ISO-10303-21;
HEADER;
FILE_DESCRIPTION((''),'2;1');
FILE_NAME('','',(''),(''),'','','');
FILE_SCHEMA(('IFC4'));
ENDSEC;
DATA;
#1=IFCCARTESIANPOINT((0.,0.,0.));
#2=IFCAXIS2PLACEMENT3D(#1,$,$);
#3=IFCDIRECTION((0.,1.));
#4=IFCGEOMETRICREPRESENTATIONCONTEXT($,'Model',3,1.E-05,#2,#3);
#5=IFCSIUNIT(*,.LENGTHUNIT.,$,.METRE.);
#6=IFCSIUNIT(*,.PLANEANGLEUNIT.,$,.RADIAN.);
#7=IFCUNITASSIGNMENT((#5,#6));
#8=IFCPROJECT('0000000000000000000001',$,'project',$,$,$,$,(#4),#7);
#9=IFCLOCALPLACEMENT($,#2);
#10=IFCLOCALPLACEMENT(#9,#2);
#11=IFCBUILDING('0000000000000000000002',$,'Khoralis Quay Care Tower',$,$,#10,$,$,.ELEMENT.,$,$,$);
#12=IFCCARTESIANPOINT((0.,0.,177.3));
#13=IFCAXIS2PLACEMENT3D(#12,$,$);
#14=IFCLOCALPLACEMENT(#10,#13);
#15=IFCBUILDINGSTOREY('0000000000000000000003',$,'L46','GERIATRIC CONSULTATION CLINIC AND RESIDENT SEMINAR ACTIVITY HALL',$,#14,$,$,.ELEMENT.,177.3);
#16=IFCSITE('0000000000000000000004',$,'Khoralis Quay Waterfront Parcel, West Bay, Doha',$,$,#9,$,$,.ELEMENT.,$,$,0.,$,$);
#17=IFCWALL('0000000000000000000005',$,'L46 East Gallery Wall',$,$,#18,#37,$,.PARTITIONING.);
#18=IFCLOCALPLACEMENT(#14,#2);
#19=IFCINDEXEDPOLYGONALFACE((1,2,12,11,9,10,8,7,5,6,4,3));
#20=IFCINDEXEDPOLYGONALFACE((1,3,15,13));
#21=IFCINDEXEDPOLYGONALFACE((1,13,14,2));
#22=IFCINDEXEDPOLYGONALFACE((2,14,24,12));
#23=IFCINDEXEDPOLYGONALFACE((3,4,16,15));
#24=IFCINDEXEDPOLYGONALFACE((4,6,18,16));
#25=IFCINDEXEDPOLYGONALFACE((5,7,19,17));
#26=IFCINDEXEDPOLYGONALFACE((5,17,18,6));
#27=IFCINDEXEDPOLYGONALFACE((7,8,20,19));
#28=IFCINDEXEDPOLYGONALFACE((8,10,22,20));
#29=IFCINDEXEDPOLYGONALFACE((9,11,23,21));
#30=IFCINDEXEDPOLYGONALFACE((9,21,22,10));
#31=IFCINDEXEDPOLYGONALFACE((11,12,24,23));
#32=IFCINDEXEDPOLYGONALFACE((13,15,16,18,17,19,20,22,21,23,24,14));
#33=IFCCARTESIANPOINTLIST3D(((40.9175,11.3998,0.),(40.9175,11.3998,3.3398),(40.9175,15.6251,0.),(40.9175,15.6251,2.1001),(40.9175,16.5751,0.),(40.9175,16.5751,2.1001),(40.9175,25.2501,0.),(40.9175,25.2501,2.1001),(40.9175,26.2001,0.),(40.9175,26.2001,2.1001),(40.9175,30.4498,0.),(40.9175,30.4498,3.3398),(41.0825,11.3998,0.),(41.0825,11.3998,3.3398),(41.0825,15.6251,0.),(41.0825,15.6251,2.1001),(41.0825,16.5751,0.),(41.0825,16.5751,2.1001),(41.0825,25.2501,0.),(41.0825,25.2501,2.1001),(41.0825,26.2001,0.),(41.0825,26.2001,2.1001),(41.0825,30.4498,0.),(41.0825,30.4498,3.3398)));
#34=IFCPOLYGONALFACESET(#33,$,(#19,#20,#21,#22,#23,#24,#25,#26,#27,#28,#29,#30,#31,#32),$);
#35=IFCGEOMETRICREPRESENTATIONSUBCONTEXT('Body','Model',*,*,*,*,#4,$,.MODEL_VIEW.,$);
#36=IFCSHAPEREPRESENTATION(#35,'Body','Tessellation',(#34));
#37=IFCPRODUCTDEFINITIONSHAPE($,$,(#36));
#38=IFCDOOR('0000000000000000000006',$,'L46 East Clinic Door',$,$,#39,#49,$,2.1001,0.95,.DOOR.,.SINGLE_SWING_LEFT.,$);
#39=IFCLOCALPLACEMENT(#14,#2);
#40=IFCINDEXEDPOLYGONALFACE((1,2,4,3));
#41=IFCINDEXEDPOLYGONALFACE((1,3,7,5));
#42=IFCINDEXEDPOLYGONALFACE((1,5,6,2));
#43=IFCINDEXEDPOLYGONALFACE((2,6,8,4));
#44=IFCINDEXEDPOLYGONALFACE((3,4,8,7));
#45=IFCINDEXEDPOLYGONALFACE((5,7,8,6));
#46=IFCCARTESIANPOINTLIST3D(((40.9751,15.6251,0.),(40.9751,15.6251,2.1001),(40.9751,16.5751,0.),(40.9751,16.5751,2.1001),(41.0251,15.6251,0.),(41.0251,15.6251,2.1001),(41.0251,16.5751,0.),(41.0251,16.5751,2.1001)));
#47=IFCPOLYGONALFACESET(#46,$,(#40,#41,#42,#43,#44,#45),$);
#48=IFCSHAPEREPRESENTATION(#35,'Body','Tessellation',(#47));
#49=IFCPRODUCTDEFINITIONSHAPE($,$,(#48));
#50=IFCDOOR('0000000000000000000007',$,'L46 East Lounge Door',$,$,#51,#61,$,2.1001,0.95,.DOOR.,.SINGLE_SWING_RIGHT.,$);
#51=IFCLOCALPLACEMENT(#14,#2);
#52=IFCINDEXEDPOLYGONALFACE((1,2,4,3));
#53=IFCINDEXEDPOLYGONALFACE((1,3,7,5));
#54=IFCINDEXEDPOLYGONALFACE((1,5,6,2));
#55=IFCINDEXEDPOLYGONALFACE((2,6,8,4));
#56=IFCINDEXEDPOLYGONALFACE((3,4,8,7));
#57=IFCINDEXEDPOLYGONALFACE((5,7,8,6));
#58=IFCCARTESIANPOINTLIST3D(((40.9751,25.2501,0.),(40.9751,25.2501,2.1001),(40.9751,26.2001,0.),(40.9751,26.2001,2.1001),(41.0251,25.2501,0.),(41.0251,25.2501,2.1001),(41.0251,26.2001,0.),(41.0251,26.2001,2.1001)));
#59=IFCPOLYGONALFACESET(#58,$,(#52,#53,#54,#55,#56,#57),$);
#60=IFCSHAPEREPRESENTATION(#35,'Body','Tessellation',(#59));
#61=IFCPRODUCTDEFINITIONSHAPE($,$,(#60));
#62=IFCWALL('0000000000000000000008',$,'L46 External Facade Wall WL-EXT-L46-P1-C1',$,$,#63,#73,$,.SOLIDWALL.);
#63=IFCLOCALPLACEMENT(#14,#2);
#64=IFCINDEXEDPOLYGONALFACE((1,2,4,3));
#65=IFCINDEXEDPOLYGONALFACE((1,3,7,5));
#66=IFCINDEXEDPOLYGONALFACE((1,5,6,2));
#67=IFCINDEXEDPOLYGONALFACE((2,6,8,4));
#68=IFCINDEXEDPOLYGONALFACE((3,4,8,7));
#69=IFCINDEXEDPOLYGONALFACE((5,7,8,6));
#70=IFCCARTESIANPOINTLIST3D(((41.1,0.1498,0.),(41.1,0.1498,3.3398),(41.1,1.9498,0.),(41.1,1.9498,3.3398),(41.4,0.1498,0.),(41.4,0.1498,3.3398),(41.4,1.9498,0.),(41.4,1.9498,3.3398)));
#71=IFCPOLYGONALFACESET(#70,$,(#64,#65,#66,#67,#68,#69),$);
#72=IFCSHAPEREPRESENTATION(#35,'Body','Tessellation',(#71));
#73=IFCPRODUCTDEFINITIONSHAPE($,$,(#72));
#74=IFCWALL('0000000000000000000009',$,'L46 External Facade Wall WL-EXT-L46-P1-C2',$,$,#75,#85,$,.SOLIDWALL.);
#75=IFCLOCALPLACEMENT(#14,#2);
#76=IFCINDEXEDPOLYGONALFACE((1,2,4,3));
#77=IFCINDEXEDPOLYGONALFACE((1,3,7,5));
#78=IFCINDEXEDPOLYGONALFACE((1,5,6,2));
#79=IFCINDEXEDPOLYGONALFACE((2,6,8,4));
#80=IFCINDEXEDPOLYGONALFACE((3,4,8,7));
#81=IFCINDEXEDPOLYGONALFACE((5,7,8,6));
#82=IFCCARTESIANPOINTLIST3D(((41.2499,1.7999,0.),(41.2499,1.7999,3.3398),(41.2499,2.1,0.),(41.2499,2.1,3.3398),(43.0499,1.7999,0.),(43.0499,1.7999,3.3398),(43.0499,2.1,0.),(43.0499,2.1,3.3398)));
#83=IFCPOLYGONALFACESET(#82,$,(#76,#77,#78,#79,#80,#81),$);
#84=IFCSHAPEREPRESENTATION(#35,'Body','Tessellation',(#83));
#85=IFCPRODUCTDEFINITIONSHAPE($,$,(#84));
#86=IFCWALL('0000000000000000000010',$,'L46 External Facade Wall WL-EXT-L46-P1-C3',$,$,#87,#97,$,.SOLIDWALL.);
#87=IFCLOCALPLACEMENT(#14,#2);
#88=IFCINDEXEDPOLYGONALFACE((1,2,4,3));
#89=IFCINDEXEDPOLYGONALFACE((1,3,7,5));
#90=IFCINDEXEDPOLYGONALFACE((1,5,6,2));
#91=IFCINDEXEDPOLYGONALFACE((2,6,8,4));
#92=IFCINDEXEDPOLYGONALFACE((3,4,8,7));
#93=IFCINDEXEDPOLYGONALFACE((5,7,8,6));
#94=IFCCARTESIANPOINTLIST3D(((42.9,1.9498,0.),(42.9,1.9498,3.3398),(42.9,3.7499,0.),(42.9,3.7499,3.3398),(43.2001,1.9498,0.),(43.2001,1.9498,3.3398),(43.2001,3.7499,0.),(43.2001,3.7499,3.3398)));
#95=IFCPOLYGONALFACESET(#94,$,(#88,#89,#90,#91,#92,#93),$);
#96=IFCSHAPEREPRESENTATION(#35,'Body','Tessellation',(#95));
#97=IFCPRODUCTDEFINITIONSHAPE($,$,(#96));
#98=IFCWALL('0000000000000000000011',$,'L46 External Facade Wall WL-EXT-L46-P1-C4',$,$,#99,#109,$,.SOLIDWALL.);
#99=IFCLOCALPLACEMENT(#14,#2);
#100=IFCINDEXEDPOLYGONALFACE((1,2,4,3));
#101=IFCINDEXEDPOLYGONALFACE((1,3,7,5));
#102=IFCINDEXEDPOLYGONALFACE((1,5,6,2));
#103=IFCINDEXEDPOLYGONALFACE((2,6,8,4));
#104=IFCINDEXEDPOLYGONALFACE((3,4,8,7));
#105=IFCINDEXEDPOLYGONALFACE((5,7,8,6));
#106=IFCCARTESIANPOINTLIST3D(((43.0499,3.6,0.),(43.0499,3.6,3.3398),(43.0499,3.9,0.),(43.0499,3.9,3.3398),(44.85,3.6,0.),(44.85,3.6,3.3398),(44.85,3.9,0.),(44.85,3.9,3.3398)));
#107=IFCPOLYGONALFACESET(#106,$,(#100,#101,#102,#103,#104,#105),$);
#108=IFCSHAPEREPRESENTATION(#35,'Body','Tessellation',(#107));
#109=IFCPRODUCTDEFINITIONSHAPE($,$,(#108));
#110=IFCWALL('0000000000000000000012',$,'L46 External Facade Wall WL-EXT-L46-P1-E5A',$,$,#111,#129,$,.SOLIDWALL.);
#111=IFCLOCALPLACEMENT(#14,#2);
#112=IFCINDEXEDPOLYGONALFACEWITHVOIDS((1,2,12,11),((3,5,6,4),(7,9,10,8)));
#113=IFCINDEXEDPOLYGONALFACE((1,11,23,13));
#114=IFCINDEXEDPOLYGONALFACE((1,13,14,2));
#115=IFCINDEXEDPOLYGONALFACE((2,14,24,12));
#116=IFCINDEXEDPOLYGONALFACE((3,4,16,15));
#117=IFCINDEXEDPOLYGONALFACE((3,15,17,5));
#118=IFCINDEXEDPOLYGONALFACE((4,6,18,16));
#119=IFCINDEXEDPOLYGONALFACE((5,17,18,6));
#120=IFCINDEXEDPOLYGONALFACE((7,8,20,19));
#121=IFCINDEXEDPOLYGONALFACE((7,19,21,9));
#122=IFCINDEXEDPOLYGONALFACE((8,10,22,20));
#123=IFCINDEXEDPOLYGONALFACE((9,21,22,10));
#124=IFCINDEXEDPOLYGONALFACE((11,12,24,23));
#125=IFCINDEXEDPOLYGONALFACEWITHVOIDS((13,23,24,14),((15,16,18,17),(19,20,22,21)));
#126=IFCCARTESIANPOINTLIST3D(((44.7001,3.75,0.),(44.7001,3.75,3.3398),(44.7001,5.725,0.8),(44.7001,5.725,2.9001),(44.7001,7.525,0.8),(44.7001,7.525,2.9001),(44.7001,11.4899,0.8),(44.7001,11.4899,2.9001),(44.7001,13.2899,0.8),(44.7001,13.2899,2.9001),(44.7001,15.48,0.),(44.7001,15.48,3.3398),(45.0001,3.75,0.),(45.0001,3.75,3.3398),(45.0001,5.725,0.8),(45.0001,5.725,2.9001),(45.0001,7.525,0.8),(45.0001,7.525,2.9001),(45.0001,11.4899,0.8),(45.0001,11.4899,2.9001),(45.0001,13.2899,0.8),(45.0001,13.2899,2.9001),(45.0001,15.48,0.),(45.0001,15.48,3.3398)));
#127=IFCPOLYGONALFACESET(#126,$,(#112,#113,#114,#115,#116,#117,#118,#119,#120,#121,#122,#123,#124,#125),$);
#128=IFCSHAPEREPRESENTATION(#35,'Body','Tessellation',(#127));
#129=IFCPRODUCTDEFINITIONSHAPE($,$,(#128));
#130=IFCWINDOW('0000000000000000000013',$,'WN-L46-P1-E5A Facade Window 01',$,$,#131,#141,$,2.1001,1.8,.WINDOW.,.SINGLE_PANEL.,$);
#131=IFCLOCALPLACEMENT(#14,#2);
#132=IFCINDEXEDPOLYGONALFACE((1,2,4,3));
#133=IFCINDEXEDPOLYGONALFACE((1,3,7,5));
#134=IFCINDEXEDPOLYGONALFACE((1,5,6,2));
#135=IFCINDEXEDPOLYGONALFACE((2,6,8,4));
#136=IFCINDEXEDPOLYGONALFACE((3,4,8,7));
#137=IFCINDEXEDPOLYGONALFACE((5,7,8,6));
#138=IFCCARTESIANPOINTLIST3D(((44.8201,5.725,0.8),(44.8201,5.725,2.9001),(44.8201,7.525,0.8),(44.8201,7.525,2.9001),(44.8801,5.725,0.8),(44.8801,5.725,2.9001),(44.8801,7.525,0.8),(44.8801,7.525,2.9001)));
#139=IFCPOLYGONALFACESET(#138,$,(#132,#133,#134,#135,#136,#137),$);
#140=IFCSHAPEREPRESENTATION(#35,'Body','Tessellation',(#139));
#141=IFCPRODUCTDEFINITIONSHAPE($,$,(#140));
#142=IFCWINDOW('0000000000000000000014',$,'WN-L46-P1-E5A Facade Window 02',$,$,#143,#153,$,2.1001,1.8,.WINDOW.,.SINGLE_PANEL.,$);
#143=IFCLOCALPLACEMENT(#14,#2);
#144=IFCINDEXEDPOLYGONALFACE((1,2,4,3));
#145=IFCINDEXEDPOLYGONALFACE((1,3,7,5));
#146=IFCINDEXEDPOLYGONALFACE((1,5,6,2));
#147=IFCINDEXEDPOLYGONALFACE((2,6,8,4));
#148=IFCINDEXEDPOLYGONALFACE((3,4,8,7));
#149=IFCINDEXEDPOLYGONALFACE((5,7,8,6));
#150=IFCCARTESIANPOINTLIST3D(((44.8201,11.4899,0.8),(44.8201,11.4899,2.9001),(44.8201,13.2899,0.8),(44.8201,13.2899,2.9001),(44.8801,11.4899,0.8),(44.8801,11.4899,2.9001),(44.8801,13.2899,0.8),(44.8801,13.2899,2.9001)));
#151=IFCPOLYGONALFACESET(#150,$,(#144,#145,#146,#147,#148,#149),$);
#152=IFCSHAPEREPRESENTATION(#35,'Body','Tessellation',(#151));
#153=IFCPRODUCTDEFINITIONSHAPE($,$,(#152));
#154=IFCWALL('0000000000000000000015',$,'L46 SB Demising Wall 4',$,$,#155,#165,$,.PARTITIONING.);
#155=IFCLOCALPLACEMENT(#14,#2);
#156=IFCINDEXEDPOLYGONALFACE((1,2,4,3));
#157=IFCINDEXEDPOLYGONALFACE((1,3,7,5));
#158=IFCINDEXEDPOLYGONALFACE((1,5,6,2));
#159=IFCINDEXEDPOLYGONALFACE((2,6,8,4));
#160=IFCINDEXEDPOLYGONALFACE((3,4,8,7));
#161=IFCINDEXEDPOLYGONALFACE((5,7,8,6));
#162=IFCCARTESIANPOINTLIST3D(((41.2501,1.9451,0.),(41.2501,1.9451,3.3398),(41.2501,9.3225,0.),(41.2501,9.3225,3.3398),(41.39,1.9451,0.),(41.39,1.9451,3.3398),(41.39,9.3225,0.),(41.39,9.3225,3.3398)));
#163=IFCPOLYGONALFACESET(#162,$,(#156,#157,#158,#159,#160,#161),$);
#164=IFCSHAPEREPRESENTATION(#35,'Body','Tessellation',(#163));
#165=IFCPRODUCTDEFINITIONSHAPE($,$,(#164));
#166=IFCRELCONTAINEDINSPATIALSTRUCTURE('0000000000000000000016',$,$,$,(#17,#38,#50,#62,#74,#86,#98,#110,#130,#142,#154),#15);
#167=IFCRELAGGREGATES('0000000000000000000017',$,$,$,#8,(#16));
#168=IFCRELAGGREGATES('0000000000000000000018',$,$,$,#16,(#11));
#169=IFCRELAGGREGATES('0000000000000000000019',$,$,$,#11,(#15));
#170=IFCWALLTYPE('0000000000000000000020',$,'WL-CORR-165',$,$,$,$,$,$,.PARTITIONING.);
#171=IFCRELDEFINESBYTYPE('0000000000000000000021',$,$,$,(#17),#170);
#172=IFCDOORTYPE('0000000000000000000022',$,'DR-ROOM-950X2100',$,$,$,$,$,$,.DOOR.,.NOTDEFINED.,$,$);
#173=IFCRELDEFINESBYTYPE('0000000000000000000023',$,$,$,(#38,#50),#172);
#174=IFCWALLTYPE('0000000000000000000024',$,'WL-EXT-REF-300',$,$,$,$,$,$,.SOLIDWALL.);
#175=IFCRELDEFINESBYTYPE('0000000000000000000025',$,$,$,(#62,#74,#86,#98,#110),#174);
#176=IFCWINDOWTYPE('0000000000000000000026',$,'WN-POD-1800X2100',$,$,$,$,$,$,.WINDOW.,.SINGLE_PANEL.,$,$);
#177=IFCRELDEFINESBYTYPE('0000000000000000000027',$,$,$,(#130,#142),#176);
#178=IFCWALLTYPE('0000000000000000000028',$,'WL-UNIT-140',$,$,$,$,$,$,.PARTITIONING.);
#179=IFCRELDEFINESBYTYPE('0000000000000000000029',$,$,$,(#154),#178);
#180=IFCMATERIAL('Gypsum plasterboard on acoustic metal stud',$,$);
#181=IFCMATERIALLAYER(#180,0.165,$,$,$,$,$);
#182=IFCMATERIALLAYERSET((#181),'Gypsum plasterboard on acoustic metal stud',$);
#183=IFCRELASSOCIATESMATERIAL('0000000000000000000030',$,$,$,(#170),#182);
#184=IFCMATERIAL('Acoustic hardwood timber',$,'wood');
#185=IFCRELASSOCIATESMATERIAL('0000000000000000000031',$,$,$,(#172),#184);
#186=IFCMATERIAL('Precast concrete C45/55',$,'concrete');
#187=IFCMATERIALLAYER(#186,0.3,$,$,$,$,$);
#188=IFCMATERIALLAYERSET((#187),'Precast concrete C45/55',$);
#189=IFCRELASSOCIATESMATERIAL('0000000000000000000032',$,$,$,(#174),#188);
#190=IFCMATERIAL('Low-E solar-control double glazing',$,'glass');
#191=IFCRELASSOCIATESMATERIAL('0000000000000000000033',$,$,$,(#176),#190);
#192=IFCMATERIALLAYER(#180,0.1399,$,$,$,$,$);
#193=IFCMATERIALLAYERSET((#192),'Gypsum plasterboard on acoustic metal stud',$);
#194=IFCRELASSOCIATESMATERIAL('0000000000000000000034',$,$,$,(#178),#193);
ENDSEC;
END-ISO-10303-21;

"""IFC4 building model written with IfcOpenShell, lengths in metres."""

from ifc_helpers import new_model, si_unit, direction, frame, frame_2d, origin, place, context, subcontext, project, spatial, rectangle, extrude, source, transform, mapped, material, layer, layer_set, type_object, element, fill, save


model = new_model("IFC4")

# Units and contexts
model_context = context("Model", 3, precision=1e-05, world=origin(), true_north=direction((0.0, 1.0)))
body_context = subcontext(model_context, "Body", "Model", "MODEL_VIEW")
ifc_project = project(units=[si_unit("LENGTHUNIT", "METRE"), si_unit("PLANEANGLEUNIT", "RADIAN")], contexts=[model_context])

# Site, building, storey
site_placement = place(None, origin())
site = spatial("IfcSite", under=ifc_project, at=site_placement, Name="Khoralis Quay Waterfront Parcel, West Bay, Doha", CompositionType="ELEMENT", RefElevation=0.0)
building_placement = place(site_placement, origin())
building = spatial("IfcBuilding", under=site, at=building_placement, Name="Khoralis Quay Care Tower", CompositionType="ELEMENT")
storey_placement = place(building_placement, frame((0.0, 0.0, 177.3)))
storey = spatial("IfcBuildingStorey", under=building, at=storey_placement, Name="L46", Description="GERIATRIC CONSULTATION CLINIC AND RESIDENT SEMINAR ACTIVITY HALL", CompositionType="ELEMENT", Elevation=177.3)

# Shared definitions
ifc_material_1 = material(Name="Low-E solar-control double glazing", Category="glass")

# Shared definitions
ifc_material_2 = material(Name="Gypsum plasterboard on acoustic metal stud")

# Wall, openings, doors
ifc_layer_1 = layer(ifc_material_2, 0.165)
ifc_layer_set_1 = layer_set([ifc_layer_1], Name="Gypsum plasterboard on acoustic metal stud")
wall_type_1 = type_object("IfcWallType", Name="WL-CORR-165", PredefinedType="PARTITIONING", material=ifc_layer_set_1)
wall_1_placement = place(storey_placement, frame((41.0, 11.3999, 0.0), z_axis=(0.0, 0.0, 1.0), x_axis=(0.0, 1.0, 0.0)))
wall_1 = element("IfcWall", 1, at=wall_1_placement, inside=storey, type_object=wall_type_1, Name="L46 East Gallery Wall", PredefinedType="PARTITIONING", context=body_context, shape_type="SweptSolid", body=[
    extrude(rectangle(XDim=19.05, YDim=0.165, at=frame_2d((9.5249, 0.0))), origin(), (0.0, 0.0, 1.0), 3.3398),
])
opening_1_placement = place(wall_1_placement, frame((4.2251, 0.0, 0.0)))
opening_1 = element("IfcOpeningElement", 2, at=opening_1_placement, cuts=wall_1, PredefinedType="OPENING", context=body_context, shape_type="SweptSolid", body=[
    extrude(rectangle(XDim=0.95, YDim=2.1001, at=frame_2d((0.4751, 1.05))), frame((0.0, 0.0925, 0.0), z_axis=(0.0, -1.0, 0.0), x_axis=(1.0, 0.0, 0.0)), (0.0, 0.0, 1.0), 0.1851),
])
opening_2_placement = place(wall_1_placement, frame((13.8501, 0.0, 0.0)))
opening_2 = element("IfcOpeningElement", 3, at=opening_2_placement, cuts=wall_1, PredefinedType="OPENING", context=body_context, shape_type="SweptSolid", body=[
    extrude(rectangle(XDim=0.95, YDim=2.1001, at=frame_2d((0.4751, 1.05))), frame((0.0, 0.0925, 0.0), z_axis=(0.0, -1.0, 0.0), x_axis=(1.0, 0.0, 0.0)), (0.0, 0.0, 1.0), 0.1851),
])
ifc_material_3 = material(Name="Acoustic hardwood timber", Category="wood")
door_type_1 = type_object("IfcDoorType", Name="DR-ROOM-950X2100", OperationType="NOTDEFINED", PredefinedType="DOOR", material=ifc_material_3)
shared_shape_1 = source(origin(), body_context, "Body", "SweptSolid", [
    extrude(rectangle(XDim=0.95, YDim=2.1001, at=frame_2d((0.4751, 1.05))), frame((0.0, 0.0249, 0.0), z_axis=(0.0, -1.0, 0.0), x_axis=(1.0, 0.0, 0.0)), (0.0, 0.0, 1.0), 0.05),
])
door_1_placement = place(opening_1_placement, origin())
door_1 = element("IfcDoor", 4, at=door_1_placement, inside=storey, type_object=door_type_1, Name="L46 East Clinic Door", OperationType="SINGLE_SWING_LEFT", OverallHeight=2.1001, OverallWidth=0.95, PredefinedType="DOOR", context=body_context, shape_type="MappedRepresentation", body=[
    mapped(shared_shape_1, transform((0.0, 0.0, 0.0), scale=1.0)),
])
fill(opening_1, door_1)
door_2_placement = place(opening_2_placement, origin())
door_2 = element("IfcDoor", 5, at=door_2_placement, inside=storey, type_object=door_type_1, Name="L46 East Lounge Door", OperationType="SINGLE_SWING_RIGHT", OverallHeight=2.1001, OverallWidth=0.95, PredefinedType="DOOR", context=body_context, shape_type="MappedRepresentation", body=[
    mapped(shared_shape_1, transform((0.0, 0.0, 0.0), scale=1.0)),
])
fill(opening_2, door_2)

# Walls
ifc_material_4 = material(Name="Precast concrete C45/55", Category="concrete")
ifc_layer_2 = layer(ifc_material_4, 0.3)
ifc_layer_set_2 = layer_set([ifc_layer_2], Name="Precast concrete C45/55")
wall_type_2 = type_object("IfcWallType", Name="WL-EXT-REF-300", PredefinedType="SOLIDWALL", material=ifc_layer_set_2)
for number, where, z_axis, x_axis, name in (
    (6, (41.25, 0.1499, 0.0), (0.0, 0.0, 1.0), (0.0, 1.0, 0.0), "L46 External Facade Wall WL-EXT-L46-P1-C1"),
    (7, (41.25, 1.95, 0.0), (0.0, 0.0, 1.0), (1.0, 0.0, 0.0), "L46 External Facade Wall WL-EXT-L46-P1-C2"),
    (8, (43.05, 1.95, 0.0), (0.0, 0.0, 1.0), (0.0, 1.0, 0.0), "L46 External Facade Wall WL-EXT-L46-P1-C3"),
    (9, (43.05, 3.75, 0.0), (0.0, 0.0, 1.0), (1.0, 0.0, 0.0), "L46 External Facade Wall WL-EXT-L46-P1-C4"),
):
    element("IfcWall", number, at=place(storey_placement, frame(where, z_axis=z_axis, x_axis=x_axis)), inside=storey, type_object=wall_type_2, Name=name, PredefinedType="SOLIDWALL", context=body_context, shape_type="SweptSolid", body=[
        extrude(rectangle(XDim=1.8, YDim=0.3, at=frame_2d((0.8999, 0.0))), origin(), (0.0, 0.0, 1.0), 3.3398),
    ])

# Wall, openings, windows
wall_2_placement = place(storey_placement, frame((44.8501, 3.75, 0.0), z_axis=(0.0, 0.0, 1.0), x_axis=(0.0, 1.0, 0.0)))
wall_2 = element("IfcWall", 10, at=wall_2_placement, inside=storey, type_object=wall_type_2, Name="L46 External Facade Wall WL-EXT-L46-P1-E5A", PredefinedType="SOLIDWALL", context=body_context, shape_type="SweptSolid", body=[
    extrude(rectangle(XDim=11.73, YDim=0.3, at=frame_2d((5.865, 0.0))), origin(), (0.0, 0.0, 1.0), 3.3398),
])
opening_3_placement = place(wall_2_placement, frame((1.9751, 0.0, 0.8)))
opening_3 = element("IfcOpeningElement", 11, at=opening_3_placement, cuts=wall_2, PredefinedType="OPENING", context=body_context, shape_type="SweptSolid", body=[
    extrude(rectangle(XDim=1.8, YDim=2.1001, at=frame_2d((0.8999, 1.05))), frame((0.0, 0.1602, 0.0), z_axis=(0.0, -1.0, 0.0), x_axis=(1.0, 0.0, 0.0)), (0.0, 0.0, 1.0), 0.3201),
])
opening_4_placement = place(wall_2_placement, frame((7.74, 0.0, 0.8)))
opening_4 = element("IfcOpeningElement", 12, at=opening_4_placement, cuts=wall_2, PredefinedType="OPENING", context=body_context, shape_type="SweptSolid", body=[
    extrude(rectangle(XDim=1.8, YDim=2.1001, at=frame_2d((0.8999, 1.05))), frame((0.0, 0.1602, 0.0), z_axis=(0.0, -1.0, 0.0), x_axis=(1.0, 0.0, 0.0)), (0.0, 0.0, 1.0), 0.3201),
])
window_type = type_object("IfcWindowType", Name="WN-POD-1800X2100", PartitioningType="SINGLE_PANEL", PredefinedType="WINDOW", material=ifc_material_1)
shared_shape_2 = source(origin(), body_context, "Body", "SweptSolid", [
    extrude(rectangle(XDim=1.8, YDim=2.1001, at=frame_2d((0.8999, 1.05))), frame((0.0, 0.03, 0.0), z_axis=(0.0, -1.0, 0.0), x_axis=(1.0, 0.0, 0.0)), (0.0, 0.0, 1.0), 0.0601),
])
window_1_placement = place(opening_3_placement, origin())
window_1 = element("IfcWindow", 13, at=window_1_placement, inside=storey, type_object=window_type, Name="WN-L46-P1-E5A Facade Window 01", OverallHeight=2.1001, OverallWidth=1.8, PartitioningType="SINGLE_PANEL", PredefinedType="WINDOW", context=body_context, shape_type="MappedRepresentation", body=[
    mapped(shared_shape_2, transform((0.0, 0.0, 0.0), scale=1.0)),
])
fill(opening_3, window_1)
window_2_placement = place(opening_4_placement, origin())
window_2 = element("IfcWindow", 14, at=window_2_placement, inside=storey, type_object=window_type, Name="WN-L46-P1-E5A Facade Window 02", OverallHeight=2.1001, OverallWidth=1.8, PartitioningType="SINGLE_PANEL", PredefinedType="WINDOW", context=body_context, shape_type="MappedRepresentation", body=[
    mapped(shared_shape_2, transform((0.0, 0.0, 0.0), scale=1.0)),
])
fill(opening_4, window_2)

# Wall
ifc_layer_3 = layer(ifc_material_2, 0.1399)
ifc_layer_set_3 = layer_set([ifc_layer_3], Name="Gypsum plasterboard on acoustic metal stud")
wall_type_3 = type_object("IfcWallType", Name="WL-UNIT-140", PredefinedType="PARTITIONING", material=ifc_layer_set_3)
wall_3_placement = place(storey_placement, frame((41.3201, 1.9451, 0.0), z_axis=(0.0, 0.0, 1.0), x_axis=(0.0, 1.0, 0.0)))
element("IfcWall", 15, at=wall_3_placement, inside=storey, type_object=wall_type_3, Name="L46 SB Demising Wall 4", PredefinedType="PARTITIONING", context=body_context, shape_type="SweptSolid", body=[
    extrude(rectangle(XDim=7.3774, YDim=0.1399, at=frame_2d((3.6887, 0.0))), origin(), (0.0, 0.0, 1.0), 3.3398),
])

save(model, "model.ifc")
